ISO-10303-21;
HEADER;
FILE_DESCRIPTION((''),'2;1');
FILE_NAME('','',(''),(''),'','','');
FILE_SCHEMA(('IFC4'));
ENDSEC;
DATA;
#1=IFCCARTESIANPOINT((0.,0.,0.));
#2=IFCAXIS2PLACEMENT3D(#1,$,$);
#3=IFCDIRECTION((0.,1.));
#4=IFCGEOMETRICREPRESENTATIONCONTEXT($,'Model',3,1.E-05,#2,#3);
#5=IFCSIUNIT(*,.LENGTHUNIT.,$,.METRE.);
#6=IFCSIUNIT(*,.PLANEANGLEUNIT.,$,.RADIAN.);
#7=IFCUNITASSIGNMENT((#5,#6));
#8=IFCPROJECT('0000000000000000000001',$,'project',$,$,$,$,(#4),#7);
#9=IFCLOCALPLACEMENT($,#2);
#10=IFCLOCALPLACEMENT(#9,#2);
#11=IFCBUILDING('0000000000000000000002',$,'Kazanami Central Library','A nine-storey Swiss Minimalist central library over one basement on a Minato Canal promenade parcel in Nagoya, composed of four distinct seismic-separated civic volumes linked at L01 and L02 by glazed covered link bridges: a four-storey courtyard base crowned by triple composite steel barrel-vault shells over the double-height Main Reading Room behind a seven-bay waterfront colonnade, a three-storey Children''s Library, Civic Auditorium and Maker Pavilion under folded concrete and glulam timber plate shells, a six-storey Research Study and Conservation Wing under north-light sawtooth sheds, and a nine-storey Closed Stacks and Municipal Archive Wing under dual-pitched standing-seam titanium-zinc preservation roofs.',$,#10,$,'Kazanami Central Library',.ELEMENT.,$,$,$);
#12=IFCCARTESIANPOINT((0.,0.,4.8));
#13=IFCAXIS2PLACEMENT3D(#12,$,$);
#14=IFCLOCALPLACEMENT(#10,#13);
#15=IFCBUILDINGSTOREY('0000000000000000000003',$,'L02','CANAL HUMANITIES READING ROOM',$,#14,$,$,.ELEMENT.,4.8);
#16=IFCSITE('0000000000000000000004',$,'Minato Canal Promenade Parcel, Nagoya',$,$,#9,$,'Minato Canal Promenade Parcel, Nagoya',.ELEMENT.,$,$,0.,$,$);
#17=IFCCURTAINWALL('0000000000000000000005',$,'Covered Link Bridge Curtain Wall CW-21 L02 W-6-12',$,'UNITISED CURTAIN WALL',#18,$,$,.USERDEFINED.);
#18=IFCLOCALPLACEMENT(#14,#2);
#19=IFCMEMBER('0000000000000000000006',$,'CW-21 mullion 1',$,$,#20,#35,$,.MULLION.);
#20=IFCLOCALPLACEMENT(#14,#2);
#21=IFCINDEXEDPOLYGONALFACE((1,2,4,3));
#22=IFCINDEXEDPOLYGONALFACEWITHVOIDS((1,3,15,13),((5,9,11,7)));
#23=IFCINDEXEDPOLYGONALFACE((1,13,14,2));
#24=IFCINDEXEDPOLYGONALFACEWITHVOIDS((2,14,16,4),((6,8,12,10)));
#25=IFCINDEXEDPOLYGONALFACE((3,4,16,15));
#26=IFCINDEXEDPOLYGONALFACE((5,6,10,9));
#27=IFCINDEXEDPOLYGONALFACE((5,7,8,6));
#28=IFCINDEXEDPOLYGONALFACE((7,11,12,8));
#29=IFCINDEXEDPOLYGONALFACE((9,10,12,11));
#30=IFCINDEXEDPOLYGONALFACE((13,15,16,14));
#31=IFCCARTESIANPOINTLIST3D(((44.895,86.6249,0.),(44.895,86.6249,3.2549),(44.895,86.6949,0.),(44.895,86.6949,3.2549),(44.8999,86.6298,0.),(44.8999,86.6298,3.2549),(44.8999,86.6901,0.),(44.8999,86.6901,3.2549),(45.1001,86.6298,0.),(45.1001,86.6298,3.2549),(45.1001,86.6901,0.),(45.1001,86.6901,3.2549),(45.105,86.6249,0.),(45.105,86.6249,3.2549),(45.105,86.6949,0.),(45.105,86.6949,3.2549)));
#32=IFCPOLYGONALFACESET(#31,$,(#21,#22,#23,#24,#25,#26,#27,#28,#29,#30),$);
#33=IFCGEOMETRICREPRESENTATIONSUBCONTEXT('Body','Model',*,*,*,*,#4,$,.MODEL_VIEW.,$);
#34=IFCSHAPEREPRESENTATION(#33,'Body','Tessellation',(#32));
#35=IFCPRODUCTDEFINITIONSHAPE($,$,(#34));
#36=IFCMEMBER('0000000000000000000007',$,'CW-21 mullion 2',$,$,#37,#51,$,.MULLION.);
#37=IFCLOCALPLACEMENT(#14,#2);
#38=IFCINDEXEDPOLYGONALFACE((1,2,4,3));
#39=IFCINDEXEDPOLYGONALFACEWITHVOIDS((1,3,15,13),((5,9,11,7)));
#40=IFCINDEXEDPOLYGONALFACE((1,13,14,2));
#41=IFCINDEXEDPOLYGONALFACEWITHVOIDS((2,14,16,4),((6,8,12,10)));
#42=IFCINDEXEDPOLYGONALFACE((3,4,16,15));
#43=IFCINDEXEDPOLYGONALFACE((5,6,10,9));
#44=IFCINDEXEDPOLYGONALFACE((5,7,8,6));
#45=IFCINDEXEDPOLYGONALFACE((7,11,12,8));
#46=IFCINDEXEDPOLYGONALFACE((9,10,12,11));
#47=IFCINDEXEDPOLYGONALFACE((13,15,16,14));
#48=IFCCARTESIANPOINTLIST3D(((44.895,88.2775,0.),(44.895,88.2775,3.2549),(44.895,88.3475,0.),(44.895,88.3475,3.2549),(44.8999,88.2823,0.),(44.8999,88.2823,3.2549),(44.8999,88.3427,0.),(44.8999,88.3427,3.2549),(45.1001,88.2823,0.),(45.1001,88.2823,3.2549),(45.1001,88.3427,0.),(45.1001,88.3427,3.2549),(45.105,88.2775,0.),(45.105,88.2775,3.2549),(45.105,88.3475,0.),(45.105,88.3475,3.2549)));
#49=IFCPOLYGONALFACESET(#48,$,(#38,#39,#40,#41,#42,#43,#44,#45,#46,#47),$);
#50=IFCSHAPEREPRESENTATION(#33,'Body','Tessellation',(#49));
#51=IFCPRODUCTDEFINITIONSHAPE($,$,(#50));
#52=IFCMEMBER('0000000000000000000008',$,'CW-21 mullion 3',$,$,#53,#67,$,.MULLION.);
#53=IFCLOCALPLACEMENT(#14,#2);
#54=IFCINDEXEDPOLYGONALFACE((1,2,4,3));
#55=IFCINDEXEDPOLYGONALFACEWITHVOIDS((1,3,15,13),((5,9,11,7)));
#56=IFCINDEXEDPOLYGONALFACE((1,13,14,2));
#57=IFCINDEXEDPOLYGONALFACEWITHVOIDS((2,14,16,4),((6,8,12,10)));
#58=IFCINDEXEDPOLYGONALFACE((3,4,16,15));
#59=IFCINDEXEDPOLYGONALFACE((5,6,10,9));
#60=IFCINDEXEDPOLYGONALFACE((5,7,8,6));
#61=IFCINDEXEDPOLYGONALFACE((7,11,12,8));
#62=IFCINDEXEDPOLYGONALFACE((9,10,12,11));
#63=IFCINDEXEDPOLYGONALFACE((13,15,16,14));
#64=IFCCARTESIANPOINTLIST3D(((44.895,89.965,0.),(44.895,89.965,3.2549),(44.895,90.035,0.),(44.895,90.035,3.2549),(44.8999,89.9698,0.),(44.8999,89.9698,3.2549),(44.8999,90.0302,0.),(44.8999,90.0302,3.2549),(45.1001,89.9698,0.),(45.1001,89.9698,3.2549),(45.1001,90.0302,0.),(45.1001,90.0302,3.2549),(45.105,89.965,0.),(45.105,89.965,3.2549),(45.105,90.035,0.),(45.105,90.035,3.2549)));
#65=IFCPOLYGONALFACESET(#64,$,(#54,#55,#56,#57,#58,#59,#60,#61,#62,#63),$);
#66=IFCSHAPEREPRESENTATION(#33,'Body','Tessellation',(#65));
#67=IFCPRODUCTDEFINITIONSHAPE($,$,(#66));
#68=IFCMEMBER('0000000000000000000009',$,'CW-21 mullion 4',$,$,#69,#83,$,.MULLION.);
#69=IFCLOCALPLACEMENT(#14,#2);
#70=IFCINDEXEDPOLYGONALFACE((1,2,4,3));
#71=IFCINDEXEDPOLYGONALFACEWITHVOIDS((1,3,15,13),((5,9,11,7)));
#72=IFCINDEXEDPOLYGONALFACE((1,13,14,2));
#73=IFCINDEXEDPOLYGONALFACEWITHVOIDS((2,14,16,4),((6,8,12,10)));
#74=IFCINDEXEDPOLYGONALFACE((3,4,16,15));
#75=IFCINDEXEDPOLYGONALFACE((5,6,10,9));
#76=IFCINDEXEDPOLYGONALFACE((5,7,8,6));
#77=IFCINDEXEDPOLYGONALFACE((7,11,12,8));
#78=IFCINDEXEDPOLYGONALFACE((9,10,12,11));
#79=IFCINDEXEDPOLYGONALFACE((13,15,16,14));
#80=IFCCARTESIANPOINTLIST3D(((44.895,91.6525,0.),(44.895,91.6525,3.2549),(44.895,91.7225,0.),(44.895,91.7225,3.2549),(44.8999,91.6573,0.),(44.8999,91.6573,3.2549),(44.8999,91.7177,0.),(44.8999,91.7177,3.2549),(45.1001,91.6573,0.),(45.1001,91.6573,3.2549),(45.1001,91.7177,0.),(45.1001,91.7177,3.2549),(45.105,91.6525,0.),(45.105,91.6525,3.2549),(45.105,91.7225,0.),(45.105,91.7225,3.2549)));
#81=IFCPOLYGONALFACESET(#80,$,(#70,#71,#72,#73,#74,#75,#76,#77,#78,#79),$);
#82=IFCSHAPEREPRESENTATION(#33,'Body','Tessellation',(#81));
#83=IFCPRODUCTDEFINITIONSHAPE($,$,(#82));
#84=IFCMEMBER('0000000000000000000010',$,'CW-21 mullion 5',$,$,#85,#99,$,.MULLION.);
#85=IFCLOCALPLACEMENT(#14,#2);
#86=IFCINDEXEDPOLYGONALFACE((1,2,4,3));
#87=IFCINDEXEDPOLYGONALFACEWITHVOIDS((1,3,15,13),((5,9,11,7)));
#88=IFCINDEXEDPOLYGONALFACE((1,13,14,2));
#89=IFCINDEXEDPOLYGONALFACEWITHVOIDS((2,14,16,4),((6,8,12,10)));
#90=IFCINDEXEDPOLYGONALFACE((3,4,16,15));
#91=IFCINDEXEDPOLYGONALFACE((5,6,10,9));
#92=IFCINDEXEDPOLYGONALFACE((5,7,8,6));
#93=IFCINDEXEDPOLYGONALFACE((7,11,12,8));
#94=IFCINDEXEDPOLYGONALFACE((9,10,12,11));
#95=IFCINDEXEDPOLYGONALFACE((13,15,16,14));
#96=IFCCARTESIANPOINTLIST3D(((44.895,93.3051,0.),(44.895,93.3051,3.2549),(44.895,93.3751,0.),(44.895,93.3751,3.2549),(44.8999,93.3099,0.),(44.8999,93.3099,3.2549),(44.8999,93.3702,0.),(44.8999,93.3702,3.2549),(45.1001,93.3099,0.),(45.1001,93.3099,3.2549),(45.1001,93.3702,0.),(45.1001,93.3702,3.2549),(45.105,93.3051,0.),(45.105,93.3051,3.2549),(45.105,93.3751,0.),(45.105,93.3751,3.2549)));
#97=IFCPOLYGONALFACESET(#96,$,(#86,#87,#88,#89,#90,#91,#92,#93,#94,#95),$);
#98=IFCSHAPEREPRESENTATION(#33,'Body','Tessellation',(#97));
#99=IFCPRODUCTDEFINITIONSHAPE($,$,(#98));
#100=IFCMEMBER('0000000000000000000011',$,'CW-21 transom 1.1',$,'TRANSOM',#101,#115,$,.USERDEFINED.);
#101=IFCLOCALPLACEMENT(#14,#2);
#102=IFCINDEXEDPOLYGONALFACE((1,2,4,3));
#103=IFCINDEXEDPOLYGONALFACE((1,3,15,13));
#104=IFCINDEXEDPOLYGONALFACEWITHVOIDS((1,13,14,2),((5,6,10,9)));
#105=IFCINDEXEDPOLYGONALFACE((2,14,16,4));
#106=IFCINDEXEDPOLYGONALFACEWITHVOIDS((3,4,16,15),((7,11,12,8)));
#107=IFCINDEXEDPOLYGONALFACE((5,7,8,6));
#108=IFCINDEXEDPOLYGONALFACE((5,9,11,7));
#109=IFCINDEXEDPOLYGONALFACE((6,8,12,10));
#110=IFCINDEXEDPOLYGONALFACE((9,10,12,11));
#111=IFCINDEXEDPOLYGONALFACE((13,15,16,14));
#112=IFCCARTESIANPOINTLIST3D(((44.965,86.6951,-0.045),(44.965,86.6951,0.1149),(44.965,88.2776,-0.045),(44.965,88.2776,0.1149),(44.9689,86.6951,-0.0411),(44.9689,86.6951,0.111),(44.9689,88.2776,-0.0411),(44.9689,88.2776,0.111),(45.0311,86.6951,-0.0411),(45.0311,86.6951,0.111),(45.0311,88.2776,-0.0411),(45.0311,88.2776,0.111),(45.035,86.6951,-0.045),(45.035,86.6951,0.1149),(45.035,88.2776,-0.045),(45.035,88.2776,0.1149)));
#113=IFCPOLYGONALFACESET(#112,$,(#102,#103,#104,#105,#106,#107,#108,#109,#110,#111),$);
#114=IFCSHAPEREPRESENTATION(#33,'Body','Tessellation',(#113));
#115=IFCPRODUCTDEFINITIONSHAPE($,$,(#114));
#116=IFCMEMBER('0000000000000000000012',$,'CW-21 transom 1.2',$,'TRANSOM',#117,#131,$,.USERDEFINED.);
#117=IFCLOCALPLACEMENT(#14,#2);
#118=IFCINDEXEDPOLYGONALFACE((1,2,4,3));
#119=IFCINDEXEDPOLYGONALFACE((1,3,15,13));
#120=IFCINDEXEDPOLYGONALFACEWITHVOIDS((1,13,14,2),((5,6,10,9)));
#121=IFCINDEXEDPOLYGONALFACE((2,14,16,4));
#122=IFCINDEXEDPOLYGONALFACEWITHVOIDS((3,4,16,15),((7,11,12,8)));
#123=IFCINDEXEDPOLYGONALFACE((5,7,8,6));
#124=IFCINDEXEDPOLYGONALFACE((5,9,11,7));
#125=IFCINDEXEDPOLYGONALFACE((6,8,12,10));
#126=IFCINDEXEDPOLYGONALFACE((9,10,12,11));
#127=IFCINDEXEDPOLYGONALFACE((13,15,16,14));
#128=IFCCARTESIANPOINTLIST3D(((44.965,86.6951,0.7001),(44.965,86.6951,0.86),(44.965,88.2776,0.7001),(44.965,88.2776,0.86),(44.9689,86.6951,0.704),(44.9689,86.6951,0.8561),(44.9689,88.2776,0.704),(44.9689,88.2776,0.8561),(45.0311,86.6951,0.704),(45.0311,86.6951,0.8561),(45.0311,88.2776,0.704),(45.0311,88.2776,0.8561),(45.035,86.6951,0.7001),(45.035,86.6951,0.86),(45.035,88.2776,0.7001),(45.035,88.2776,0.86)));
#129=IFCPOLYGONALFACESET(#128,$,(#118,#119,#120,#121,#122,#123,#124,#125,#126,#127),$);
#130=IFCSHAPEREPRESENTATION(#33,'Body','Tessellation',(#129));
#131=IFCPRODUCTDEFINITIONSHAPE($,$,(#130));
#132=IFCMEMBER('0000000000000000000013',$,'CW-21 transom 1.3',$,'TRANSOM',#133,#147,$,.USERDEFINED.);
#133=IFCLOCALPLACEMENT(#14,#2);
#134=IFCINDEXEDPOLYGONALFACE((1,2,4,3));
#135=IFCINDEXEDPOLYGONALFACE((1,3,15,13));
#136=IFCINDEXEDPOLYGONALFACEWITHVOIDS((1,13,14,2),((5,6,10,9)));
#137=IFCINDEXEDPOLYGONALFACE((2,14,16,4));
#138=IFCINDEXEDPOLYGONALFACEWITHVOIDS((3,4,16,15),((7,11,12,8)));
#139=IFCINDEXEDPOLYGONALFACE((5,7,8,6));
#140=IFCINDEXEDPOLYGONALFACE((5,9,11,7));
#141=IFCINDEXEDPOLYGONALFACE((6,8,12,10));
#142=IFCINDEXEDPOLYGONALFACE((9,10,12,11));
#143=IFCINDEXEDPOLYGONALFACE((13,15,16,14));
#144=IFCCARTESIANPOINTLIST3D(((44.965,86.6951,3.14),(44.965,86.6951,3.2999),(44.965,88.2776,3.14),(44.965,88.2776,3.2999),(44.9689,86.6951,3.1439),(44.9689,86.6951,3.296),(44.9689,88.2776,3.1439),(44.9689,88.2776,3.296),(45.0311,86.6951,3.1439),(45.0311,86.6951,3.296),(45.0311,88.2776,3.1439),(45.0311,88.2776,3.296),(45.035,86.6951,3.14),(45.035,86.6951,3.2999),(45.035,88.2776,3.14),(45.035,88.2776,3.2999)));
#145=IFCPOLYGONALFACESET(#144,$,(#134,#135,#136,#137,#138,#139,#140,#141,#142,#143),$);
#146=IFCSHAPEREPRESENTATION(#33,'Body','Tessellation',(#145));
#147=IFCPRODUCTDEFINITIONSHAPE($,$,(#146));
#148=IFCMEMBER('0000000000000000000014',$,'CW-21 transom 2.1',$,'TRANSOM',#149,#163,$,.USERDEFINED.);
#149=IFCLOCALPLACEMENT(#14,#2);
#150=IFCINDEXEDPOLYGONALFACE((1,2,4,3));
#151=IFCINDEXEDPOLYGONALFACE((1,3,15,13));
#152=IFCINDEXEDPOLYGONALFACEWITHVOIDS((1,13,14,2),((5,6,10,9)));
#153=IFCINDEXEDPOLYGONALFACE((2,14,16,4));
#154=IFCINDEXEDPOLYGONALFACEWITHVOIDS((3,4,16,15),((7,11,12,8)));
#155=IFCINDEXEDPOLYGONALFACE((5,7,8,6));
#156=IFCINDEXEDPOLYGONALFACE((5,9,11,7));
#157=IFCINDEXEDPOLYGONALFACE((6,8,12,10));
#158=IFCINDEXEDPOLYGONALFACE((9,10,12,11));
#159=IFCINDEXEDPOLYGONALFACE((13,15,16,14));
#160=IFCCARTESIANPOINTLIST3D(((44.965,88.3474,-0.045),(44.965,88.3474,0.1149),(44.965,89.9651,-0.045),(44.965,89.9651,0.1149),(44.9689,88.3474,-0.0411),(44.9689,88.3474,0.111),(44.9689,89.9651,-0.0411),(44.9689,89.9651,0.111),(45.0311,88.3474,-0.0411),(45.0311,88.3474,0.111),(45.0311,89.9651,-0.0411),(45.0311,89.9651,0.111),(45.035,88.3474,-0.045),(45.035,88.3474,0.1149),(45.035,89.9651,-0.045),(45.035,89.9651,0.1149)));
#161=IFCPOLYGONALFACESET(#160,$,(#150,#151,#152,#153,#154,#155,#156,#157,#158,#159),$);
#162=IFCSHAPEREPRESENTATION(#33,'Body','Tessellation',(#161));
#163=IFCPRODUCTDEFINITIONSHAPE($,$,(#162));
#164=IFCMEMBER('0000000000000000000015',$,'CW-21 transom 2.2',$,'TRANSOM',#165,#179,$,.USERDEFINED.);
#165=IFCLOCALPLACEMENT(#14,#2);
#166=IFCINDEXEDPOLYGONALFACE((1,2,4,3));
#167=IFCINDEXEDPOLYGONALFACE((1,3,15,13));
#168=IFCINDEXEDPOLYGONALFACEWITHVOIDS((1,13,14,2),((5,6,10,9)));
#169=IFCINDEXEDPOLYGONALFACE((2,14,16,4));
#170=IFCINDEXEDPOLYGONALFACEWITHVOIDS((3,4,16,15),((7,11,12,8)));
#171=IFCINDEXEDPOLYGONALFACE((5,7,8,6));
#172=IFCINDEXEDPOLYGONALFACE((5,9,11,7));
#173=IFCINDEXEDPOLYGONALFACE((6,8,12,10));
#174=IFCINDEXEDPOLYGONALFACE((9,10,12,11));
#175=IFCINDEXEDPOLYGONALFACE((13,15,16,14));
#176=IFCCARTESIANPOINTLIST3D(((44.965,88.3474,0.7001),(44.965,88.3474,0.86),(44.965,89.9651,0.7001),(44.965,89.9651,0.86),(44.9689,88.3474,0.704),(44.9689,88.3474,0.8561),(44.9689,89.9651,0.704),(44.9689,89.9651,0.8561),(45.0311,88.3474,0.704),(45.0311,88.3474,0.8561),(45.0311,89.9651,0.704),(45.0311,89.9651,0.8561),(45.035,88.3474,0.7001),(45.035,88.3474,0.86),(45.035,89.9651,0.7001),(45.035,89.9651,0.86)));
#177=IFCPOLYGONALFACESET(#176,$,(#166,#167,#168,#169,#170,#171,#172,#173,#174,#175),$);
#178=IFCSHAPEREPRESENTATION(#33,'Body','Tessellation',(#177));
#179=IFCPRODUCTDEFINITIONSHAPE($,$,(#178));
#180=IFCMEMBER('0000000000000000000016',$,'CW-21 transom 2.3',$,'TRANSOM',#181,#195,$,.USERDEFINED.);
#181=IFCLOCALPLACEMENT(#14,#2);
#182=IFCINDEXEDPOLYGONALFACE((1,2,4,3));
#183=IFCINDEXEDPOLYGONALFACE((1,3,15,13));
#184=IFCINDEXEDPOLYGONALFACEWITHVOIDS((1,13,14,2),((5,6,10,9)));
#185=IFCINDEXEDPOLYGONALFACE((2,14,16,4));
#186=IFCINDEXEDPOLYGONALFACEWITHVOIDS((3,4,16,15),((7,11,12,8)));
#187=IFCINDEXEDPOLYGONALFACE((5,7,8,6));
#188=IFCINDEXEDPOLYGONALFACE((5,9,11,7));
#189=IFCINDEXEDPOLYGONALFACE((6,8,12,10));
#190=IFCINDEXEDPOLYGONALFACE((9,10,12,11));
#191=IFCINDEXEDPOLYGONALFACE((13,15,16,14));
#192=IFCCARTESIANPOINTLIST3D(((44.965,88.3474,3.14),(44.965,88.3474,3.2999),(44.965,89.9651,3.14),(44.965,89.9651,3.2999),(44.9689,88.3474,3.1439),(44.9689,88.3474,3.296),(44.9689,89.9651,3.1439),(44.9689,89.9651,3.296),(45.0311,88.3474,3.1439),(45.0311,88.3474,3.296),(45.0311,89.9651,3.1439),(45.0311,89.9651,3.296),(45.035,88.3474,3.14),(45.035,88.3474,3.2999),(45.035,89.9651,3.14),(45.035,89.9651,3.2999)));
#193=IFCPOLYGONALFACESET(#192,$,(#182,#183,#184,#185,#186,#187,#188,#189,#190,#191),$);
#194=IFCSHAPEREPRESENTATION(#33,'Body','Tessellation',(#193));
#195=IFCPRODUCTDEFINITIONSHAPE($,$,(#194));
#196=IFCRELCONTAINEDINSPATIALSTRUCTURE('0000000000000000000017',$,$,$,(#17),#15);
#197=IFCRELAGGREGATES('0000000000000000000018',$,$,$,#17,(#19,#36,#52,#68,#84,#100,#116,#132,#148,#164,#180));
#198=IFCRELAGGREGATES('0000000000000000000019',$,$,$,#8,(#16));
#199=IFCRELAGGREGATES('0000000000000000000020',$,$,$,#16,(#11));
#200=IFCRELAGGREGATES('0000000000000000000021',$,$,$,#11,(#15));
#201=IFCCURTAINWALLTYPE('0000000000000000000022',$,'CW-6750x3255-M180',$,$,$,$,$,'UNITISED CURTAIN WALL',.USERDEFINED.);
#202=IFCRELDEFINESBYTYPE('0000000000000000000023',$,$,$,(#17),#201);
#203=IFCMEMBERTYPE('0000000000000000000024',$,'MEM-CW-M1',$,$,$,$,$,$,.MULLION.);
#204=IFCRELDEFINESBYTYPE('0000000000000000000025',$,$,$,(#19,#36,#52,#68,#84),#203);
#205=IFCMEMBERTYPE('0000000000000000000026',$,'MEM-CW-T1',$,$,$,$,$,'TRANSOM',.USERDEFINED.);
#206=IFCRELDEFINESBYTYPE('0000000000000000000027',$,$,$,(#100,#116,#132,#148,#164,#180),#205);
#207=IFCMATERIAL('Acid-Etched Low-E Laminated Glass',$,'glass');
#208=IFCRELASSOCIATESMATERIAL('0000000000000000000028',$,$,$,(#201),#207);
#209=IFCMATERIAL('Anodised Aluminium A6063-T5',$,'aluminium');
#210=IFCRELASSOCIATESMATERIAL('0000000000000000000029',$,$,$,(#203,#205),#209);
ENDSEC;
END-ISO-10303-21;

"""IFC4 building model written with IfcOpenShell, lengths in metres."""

from ifc_helpers import new_model, si_unit, direction, frame, origin, origin_2d, place, context, subcontext, project, spatial, hollow_rectangle, extrude, material, material_profile, profile_set, type_object, element, aggregate, save


model = new_model("IFC4")

# Units and contexts
model_context = context("Model", 3, precision=1e-05, world=origin(), true_north=direction((0.0, 1.0)))
body_context = subcontext(model_context, "Body", "Model", "MODEL_VIEW")
ifc_project = project(units=[si_unit("LENGTHUNIT", "METRE"), si_unit("PLANEANGLEUNIT", "RADIAN")], contexts=[model_context])

# Site, building, storey
site_placement = place(None, origin())
site = spatial("IfcSite", under=ifc_project, at=site_placement, Name="Minato Canal Promenade Parcel, Nagoya", LongName="Minato Canal Promenade Parcel, Nagoya", CompositionType="ELEMENT", RefElevation=0.0)
building_placement = place(site_placement, origin())
building = spatial("IfcBuilding", under=site, at=building_placement, Name="Kazanami Central Library", Description="A nine-storey Swiss Minimalist central library over one basement on a Minato Canal promenade parcel in Nagoya, composed of four distinct seismic-separated civic volumes linked at L01 and L02 by glazed covered link bridges: a four-storey courtyard base crowned by triple composite steel barrel-vault shells over the double-height Main Reading Room behind a seven-bay waterfront colonnade, a three-storey Children's Library, Civic Auditorium and Maker Pavilion under folded concrete and glulam timber plate shells, a six-storey Research Study and Conservation Wing under north-light sawtooth sheds, and a nine-storey Closed Stacks and Municipal Archive Wing under dual-pitched standing-seam titanium-zinc preservation roofs.", LongName="Kazanami Central Library", CompositionType="ELEMENT")
storey_placement = place(building_placement, frame((0.0, 0.0, 4.8)))
storey = spatial("IfcBuildingStorey", under=building, at=storey_placement, Name="L02", Description="CANAL HUMANITIES READING ROOM", CompositionType="ELEMENT", Elevation=4.8)

# Curtain wall, members
ifc_material_1 = material(Name="Acid-Etched Low-E Laminated Glass", Category="glass")
curtain_wall_type = type_object("IfcCurtainWallType", Name="CW-6750x3255-M180", ElementType="UNITISED CURTAIN WALL", PredefinedType="USERDEFINED", material=ifc_material_1)
curtain_wall_placement = place(storey_placement, origin())
curtain_wall = element("IfcCurtainWall", 1, at=curtain_wall_placement, inside=storey, type_object=curtain_wall_type, Name="Covered Link Bridge Curtain Wall CW-21 L02 W-6-12", ObjectType="UNITISED CURTAIN WALL", PredefinedType="USERDEFINED")
ifc_material_2 = material(Name="Anodised Aluminium A6063-T5", Category="aluminium")
ifc_material_profile_1 = material_profile(ifc_material_2, hollow_rectangle(XDim=0.0701, YDim=0.21, WallThickness=0.0049, at=origin_2d()), Name="ALU-MULL-70x210x5")
ifc_profile_set_1 = profile_set([ifc_material_profile_1], Name="Anodised Aluminium A6063-T5")
member_type_1 = type_object("IfcMemberType", Name="MEM-CW-M1", PredefinedType="MULLION", material=ifc_profile_set_1)
member_1_placement = place(storey_placement, frame((45.0, 86.6599, 0.0), z_axis=(0.0, 0.0, 1.0), x_axis=(0.0, 1.0, 0.0)))
member_1 = element("IfcMember", 2, at=member_1_placement, type_object=member_type_1, Name="CW-21 mullion 1", PredefinedType="MULLION", context=body_context, shape_type="SweptSolid", body=[
    extrude(hollow_rectangle(XDim=0.0701, YDim=0.21, WallThickness=0.0049, at=origin_2d()), origin(), (0.0, 0.0, 1.0), 3.2549),
])
member_2_placement = place(storey_placement, frame((45.0, 88.3125, 0.0), z_axis=(0.0, 0.0, 1.0), x_axis=(0.0, 1.0, 0.0)))
member_2 = element("IfcMember", 3, at=member_2_placement, type_object=member_type_1, Name="CW-21 mullion 2", PredefinedType="MULLION", context=body_context, shape_type="SweptSolid", body=[
    extrude(hollow_rectangle(XDim=0.0701, YDim=0.21, WallThickness=0.0049, at=origin_2d()), origin(), (0.0, 0.0, 1.0), 3.2549),
])
member_3_placement = place(storey_placement, frame((45.0, 90.0, 0.0), z_axis=(0.0, 0.0, 1.0), x_axis=(0.0, 1.0, 0.0)))
member_3 = element("IfcMember", 4, at=member_3_placement, type_object=member_type_1, Name="CW-21 mullion 3", PredefinedType="MULLION", context=body_context, shape_type="SweptSolid", body=[
    extrude(hollow_rectangle(XDim=0.0701, YDim=0.21, WallThickness=0.0049, at=origin_2d()), origin(), (0.0, 0.0, 1.0), 3.2549),
])
member_4_placement = place(storey_placement, frame((45.0, 91.6875, 0.0), z_axis=(0.0, 0.0, 1.0), x_axis=(0.0, 1.0, 0.0)))
member_4 = element("IfcMember", 5, at=member_4_placement, type_object=member_type_1, Name="CW-21 mullion 4", PredefinedType="MULLION", context=body_context, shape_type="SweptSolid", body=[
    extrude(hollow_rectangle(XDim=0.0701, YDim=0.21, WallThickness=0.0049, at=origin_2d()), origin(), (0.0, 0.0, 1.0), 3.2549),
])
member_5_placement = place(storey_placement, frame((45.0, 93.3401, 0.0), z_axis=(0.0, 0.0, 1.0), x_axis=(0.0, 1.0, 0.0)))
member_5 = element("IfcMember", 6, at=member_5_placement, type_object=member_type_1, Name="CW-21 mullion 5", PredefinedType="MULLION", context=body_context, shape_type="SweptSolid", body=[
    extrude(hollow_rectangle(XDim=0.0701, YDim=0.21, WallThickness=0.0049, at=origin_2d()), origin(), (0.0, 0.0, 1.0), 3.2549),
])
ifc_material_profile_2 = material_profile(ifc_material_2, hollow_rectangle(XDim=0.0701, YDim=0.1599, WallThickness=0.0039, at=origin_2d()), Name="ALU-TRAN-70x160x4")
ifc_profile_set_2 = profile_set([ifc_material_profile_2], Name="Anodised Aluminium A6063-T5")
member_type_2 = type_object("IfcMemberType", Name="MEM-CW-T1", ElementType="TRANSOM", PredefinedType="USERDEFINED", material=ifc_profile_set_2)
member_6_placement = place(storey_placement, frame((45.0, 86.6951, 0.0349), z_axis=(0.0, 1.0, 0.0), x_axis=(-1.0, 0.0, 0.0)))
member_6 = element("IfcMember", 7, at=member_6_placement, type_object=member_type_2, Name="CW-21 transom 1.1", ObjectType="TRANSOM", PredefinedType="USERDEFINED", context=body_context, shape_type="SweptSolid", body=[
    extrude(hollow_rectangle(XDim=0.0701, YDim=0.1599, WallThickness=0.0039, at=origin_2d()), origin(), (0.0, 0.0, 1.0), 1.5825),
])
member_7_placement = place(storey_placement, frame((45.0, 86.6951, 0.78), z_axis=(0.0, 1.0, 0.0), x_axis=(-1.0, 0.0, 0.0)))
member_7 = element("IfcMember", 8, at=member_7_placement, type_object=member_type_2, Name="CW-21 transom 1.2", ObjectType="TRANSOM", PredefinedType="USERDEFINED", context=body_context, shape_type="SweptSolid", body=[
    extrude(hollow_rectangle(XDim=0.0701, YDim=0.1599, WallThickness=0.0039, at=origin_2d()), origin(), (0.0, 0.0, 1.0), 1.5825),
])
member_8_placement = place(storey_placement, frame((45.0, 86.6951, 3.22), z_axis=(0.0, 1.0, 0.0), x_axis=(-1.0, 0.0, 0.0)))
member_8 = element("IfcMember", 9, at=member_8_placement, type_object=member_type_2, Name="CW-21 transom 1.3", ObjectType="TRANSOM", PredefinedType="USERDEFINED", context=body_context, shape_type="SweptSolid", body=[
    extrude(hollow_rectangle(XDim=0.0701, YDim=0.1599, WallThickness=0.0039, at=origin_2d()), origin(), (0.0, 0.0, 1.0), 1.5825),
])
member_9_placement = place(storey_placement, frame((45.0, 88.3474, 0.0349), z_axis=(0.0, 1.0, 0.0), x_axis=(-1.0, 0.0, 0.0)))
member_9 = element("IfcMember", 10, at=member_9_placement, type_object=member_type_2, Name="CW-21 transom 2.1", ObjectType="TRANSOM", PredefinedType="USERDEFINED", context=body_context, shape_type="SweptSolid", body=[
    extrude(hollow_rectangle(XDim=0.0701, YDim=0.1599, WallThickness=0.0039, at=origin_2d()), origin(), (0.0, 0.0, 1.0), 1.6177),
])
member_10_placement = place(storey_placement, frame((45.0, 88.3474, 0.78), z_axis=(0.0, 1.0, 0.0), x_axis=(-1.0, 0.0, 0.0)))
member_10 = element("IfcMember", 11, at=member_10_placement, type_object=member_type_2, Name="CW-21 transom 2.2", ObjectType="TRANSOM", PredefinedType="USERDEFINED", context=body_context, shape_type="SweptSolid", body=[
    extrude(hollow_rectangle(XDim=0.0701, YDim=0.1599, WallThickness=0.0039, at=origin_2d()), origin(), (0.0, 0.0, 1.0), 1.6177),
])
member_11_placement = place(storey_placement, frame((45.0, 88.3474, 3.22), z_axis=(0.0, 1.0, 0.0), x_axis=(-1.0, 0.0, 0.0)))
member_11 = element("IfcMember", 12, at=member_11_placement, type_object=member_type_2, Name="CW-21 transom 2.3", ObjectType="TRANSOM", PredefinedType="USERDEFINED", context=body_context, shape_type="SweptSolid", body=[
    extrude(hollow_rectangle(XDim=0.0701, YDim=0.1599, WallThickness=0.0039, at=origin_2d()), origin(), (0.0, 0.0, 1.0), 1.6177),
])
aggregate(curtain_wall, [member_1, member_2, member_3, member_4, member_5, member_6, member_7, member_8, member_9, member_10, member_11])

save(model, "model.ifc")
